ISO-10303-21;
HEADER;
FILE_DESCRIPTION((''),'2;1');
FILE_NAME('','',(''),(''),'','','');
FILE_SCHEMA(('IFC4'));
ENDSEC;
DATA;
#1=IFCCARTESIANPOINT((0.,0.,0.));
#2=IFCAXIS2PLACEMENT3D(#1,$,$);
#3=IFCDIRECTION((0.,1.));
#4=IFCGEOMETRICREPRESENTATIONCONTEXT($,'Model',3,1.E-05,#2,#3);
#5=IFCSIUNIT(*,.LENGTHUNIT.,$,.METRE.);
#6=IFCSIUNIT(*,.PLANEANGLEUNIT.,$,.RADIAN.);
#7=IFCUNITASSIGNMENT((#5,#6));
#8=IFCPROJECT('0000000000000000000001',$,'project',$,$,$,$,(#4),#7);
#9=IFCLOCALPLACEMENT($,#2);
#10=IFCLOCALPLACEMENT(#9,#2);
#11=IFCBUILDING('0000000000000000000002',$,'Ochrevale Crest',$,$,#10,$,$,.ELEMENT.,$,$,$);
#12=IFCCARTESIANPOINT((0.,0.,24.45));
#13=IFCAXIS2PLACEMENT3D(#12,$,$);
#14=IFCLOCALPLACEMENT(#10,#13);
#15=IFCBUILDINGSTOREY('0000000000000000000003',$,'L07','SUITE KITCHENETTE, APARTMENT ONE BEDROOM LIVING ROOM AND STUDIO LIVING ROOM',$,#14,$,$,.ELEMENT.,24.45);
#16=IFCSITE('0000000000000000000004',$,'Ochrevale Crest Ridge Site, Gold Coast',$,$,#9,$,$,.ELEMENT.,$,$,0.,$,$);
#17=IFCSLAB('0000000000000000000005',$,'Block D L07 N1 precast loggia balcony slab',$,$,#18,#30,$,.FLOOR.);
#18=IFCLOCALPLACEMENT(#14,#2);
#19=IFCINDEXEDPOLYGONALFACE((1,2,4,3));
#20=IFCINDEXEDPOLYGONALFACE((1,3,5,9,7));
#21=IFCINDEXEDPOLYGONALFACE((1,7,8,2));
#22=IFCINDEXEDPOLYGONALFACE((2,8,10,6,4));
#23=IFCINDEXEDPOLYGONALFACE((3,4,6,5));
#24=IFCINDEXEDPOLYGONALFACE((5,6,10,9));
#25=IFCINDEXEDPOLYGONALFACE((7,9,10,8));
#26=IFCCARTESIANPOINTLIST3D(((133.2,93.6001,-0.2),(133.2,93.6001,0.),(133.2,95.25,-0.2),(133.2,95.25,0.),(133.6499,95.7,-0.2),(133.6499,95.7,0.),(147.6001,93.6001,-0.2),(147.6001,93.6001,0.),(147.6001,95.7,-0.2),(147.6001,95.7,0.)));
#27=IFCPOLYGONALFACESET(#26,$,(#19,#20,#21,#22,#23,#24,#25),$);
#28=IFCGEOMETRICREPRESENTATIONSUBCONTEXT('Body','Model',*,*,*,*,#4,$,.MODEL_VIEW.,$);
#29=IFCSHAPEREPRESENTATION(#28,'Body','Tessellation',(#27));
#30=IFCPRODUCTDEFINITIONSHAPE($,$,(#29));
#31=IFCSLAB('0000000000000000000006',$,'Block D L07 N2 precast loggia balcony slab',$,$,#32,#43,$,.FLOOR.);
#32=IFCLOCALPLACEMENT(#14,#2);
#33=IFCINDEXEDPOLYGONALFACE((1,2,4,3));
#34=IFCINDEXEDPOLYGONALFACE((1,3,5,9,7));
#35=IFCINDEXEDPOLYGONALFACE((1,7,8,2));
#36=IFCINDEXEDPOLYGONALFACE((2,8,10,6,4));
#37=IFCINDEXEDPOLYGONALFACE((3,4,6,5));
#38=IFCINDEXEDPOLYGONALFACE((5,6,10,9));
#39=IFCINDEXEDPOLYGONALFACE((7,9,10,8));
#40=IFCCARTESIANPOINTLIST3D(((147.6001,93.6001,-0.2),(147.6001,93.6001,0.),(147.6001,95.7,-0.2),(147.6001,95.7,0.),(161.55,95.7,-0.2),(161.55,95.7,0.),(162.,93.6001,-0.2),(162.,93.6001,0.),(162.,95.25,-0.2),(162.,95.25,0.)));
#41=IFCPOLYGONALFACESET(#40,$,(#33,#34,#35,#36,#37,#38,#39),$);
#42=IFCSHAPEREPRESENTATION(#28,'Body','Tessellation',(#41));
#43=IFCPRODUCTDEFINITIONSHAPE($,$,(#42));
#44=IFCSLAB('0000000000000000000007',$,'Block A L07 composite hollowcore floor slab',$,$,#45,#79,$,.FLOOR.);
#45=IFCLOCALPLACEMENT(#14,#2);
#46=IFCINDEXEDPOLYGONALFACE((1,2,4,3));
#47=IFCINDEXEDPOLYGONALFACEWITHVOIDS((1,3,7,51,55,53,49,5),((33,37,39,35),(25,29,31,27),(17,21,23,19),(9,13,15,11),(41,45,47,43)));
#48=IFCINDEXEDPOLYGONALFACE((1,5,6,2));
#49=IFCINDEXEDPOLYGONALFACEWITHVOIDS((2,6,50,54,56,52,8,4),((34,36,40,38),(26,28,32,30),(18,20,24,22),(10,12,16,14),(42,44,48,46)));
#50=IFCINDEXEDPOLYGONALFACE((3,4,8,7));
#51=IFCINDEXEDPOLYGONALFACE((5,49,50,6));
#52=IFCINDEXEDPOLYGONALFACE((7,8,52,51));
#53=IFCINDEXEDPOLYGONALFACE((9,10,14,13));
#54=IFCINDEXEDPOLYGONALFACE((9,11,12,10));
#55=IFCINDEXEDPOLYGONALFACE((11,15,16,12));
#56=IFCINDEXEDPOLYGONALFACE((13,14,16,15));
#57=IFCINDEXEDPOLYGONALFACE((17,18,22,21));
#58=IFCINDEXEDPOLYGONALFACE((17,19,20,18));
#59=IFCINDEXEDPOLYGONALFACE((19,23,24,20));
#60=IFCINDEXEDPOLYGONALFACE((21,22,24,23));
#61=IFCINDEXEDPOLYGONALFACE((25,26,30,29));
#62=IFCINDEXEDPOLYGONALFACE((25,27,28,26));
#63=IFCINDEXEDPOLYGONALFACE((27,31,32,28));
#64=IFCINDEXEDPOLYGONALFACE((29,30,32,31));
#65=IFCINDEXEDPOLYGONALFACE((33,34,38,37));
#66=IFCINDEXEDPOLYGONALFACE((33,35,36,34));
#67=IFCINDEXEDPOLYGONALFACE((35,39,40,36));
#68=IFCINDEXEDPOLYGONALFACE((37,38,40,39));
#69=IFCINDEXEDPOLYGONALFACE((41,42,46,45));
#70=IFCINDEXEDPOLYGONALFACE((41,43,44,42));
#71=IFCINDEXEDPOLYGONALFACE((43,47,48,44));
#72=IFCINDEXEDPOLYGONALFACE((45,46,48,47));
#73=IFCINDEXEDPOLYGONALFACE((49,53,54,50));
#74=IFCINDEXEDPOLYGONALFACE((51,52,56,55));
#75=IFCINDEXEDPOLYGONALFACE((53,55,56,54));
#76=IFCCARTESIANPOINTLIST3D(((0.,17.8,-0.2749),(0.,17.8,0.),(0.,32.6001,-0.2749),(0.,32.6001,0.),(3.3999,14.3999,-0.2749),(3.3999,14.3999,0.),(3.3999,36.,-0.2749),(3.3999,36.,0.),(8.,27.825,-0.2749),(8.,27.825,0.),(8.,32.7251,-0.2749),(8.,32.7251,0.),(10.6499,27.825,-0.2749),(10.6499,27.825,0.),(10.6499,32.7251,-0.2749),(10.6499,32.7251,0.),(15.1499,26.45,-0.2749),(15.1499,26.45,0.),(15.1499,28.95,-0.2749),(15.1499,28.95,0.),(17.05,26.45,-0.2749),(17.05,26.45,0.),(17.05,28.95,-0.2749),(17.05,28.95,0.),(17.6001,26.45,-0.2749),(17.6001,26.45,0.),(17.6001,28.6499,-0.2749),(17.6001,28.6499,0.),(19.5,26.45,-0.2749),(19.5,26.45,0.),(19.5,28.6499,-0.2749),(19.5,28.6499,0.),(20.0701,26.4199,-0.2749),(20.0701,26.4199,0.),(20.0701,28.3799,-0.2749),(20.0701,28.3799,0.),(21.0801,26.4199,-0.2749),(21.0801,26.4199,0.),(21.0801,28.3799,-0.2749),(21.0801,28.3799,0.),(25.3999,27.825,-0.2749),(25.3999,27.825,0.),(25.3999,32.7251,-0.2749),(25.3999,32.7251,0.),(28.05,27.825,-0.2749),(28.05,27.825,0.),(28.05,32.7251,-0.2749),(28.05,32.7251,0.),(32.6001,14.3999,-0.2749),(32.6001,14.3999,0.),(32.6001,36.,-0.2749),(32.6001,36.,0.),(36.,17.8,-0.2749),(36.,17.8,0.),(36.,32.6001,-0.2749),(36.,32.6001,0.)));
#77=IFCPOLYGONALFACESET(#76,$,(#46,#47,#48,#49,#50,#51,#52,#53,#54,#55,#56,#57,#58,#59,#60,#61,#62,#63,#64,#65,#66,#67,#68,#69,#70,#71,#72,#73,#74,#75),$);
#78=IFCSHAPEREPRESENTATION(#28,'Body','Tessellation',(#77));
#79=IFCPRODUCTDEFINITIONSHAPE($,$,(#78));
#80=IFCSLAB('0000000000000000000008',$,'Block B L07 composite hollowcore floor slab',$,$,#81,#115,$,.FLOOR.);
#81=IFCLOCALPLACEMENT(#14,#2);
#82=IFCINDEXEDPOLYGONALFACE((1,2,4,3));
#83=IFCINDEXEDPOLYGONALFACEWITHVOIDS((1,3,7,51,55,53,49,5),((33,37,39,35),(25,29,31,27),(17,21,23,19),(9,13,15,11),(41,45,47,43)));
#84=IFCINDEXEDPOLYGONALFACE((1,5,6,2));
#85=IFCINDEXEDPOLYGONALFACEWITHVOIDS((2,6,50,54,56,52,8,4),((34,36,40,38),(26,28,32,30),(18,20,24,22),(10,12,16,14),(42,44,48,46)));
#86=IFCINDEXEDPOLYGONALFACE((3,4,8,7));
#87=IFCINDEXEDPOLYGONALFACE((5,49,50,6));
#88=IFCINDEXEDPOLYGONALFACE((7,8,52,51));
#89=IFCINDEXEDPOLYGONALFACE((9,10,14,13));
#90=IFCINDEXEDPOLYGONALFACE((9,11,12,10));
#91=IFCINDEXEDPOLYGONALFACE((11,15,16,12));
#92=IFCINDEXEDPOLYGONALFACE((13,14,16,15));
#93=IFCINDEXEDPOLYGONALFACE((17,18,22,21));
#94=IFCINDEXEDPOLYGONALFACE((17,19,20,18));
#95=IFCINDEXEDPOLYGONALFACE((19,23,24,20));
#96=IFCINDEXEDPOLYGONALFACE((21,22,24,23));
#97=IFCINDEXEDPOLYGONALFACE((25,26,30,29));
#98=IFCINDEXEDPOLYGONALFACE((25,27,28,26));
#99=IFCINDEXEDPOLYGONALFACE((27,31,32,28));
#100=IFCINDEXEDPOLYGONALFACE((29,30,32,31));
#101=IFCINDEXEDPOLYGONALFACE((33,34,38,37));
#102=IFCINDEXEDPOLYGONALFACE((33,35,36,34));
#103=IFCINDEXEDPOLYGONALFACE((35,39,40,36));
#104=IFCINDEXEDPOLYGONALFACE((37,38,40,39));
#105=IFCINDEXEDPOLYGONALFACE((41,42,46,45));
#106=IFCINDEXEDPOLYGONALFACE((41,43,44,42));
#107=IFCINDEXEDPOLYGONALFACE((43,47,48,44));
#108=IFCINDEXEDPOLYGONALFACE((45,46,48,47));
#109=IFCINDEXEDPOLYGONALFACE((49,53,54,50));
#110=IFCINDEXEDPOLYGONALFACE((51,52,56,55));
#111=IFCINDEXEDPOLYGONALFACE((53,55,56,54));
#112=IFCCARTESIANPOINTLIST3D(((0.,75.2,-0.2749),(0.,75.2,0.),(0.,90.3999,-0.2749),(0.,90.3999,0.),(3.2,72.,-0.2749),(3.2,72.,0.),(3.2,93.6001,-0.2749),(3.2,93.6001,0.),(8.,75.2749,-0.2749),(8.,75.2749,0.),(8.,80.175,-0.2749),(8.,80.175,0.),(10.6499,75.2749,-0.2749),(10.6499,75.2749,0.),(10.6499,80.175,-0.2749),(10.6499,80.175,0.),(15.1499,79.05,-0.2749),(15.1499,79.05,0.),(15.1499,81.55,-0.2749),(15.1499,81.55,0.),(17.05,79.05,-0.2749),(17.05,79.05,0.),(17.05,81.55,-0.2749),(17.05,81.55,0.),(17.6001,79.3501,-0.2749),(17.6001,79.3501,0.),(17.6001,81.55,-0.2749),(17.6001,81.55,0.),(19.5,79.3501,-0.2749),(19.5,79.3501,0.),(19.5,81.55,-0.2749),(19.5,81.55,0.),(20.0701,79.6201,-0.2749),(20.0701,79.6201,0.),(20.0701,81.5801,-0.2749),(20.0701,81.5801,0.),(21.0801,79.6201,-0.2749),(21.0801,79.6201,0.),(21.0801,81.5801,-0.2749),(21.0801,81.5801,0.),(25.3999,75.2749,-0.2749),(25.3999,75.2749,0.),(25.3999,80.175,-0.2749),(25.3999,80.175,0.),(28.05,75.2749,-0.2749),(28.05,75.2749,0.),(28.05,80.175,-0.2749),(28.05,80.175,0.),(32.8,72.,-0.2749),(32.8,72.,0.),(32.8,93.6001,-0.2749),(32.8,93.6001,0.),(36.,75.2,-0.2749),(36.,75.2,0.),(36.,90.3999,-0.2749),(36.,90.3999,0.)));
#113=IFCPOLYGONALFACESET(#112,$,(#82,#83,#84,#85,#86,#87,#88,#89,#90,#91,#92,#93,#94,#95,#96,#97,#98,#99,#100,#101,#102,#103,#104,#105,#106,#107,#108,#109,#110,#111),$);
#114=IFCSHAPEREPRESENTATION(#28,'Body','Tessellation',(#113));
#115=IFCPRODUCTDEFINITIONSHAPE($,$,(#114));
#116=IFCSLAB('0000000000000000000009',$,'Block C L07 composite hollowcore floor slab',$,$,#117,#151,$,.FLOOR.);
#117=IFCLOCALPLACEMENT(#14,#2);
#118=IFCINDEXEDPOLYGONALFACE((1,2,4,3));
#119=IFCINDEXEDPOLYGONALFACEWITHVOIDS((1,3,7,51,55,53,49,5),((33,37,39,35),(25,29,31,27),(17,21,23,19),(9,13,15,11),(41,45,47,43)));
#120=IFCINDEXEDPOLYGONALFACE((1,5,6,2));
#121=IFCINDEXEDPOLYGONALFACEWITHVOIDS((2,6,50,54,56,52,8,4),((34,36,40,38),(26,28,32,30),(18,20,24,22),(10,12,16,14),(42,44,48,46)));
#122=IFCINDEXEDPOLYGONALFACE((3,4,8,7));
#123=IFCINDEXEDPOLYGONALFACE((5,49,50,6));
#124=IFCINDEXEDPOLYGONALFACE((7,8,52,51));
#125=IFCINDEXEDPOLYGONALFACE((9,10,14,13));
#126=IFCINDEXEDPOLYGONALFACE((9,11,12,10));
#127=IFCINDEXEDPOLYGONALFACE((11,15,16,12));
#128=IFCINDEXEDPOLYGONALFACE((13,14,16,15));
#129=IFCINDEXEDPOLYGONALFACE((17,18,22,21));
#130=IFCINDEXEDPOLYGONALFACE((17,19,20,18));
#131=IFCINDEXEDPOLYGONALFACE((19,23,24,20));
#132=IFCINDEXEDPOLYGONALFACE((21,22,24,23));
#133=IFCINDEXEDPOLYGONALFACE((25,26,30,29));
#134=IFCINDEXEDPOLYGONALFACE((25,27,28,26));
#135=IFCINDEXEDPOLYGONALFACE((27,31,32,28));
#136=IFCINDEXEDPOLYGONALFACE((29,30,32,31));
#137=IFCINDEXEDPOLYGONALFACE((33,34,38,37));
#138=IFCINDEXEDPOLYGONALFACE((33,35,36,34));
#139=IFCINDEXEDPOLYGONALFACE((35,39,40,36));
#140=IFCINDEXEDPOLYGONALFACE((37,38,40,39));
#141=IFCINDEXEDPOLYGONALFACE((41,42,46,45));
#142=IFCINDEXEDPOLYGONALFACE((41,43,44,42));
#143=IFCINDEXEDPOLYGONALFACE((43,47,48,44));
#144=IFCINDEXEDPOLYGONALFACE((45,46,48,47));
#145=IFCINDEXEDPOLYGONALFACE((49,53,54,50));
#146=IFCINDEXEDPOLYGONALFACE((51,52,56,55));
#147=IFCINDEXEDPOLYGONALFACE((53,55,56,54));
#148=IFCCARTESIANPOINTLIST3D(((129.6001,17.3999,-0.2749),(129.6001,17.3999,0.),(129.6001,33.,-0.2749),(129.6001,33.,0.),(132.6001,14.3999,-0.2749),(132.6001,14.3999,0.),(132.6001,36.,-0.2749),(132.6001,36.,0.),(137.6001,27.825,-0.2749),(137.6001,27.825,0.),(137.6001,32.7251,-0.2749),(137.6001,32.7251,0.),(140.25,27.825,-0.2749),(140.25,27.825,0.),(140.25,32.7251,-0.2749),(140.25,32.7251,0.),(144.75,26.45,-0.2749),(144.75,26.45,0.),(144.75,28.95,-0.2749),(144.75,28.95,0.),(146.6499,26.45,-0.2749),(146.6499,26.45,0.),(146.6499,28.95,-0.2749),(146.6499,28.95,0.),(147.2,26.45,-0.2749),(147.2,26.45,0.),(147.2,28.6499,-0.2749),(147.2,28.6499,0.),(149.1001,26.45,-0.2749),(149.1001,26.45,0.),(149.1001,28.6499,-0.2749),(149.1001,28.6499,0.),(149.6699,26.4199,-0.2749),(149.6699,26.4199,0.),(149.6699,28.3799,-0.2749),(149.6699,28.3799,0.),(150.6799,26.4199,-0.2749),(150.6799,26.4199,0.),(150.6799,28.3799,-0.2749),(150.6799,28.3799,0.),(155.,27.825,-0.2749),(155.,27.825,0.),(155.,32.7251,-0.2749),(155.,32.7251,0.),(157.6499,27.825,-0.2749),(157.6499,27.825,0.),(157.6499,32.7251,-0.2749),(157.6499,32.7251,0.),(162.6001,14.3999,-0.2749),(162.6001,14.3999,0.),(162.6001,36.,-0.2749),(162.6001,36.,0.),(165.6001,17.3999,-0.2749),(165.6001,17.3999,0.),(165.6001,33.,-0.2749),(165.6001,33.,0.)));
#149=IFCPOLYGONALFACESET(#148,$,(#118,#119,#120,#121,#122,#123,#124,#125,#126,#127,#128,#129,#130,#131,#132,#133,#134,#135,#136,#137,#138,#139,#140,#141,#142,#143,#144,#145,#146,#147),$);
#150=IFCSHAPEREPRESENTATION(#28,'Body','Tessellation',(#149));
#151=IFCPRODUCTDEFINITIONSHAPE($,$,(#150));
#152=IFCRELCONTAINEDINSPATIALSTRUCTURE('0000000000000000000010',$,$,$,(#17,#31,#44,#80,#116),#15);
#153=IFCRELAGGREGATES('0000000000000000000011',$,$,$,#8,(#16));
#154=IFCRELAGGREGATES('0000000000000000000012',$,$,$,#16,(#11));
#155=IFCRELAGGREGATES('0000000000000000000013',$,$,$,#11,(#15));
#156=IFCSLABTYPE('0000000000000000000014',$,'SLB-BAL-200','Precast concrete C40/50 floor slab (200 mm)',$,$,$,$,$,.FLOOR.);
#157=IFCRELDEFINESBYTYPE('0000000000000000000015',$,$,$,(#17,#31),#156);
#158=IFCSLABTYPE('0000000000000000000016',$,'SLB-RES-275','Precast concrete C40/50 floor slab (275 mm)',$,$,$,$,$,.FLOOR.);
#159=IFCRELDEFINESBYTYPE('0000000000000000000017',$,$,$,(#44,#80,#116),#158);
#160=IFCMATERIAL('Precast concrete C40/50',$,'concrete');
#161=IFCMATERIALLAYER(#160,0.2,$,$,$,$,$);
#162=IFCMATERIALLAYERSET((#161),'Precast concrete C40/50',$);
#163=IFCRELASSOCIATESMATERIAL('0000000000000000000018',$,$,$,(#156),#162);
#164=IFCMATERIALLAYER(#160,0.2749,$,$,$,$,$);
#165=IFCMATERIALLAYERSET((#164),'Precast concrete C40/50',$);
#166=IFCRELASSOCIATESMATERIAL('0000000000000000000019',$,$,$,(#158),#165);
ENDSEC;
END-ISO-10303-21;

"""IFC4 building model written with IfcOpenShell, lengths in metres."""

from ifc_helpers import new_model, si_unit, direction, frame, origin, place, context, subcontext, project, spatial, polyline, outline, extrude, material, layer, layer_set, type_object, element, save


model = new_model("IFC4")

# Units and contexts
model_context = context("Model", 3, precision=1e-05, world=origin(), true_north=direction((0.0, 1.0)))
body_context = subcontext(model_context, "Body", "Model", "MODEL_VIEW")
ifc_project = project(units=[si_unit("LENGTHUNIT", "METRE"), si_unit("PLANEANGLEUNIT", "RADIAN")], contexts=[model_context])

# Site, building, storey
site_placement = place(None, origin())
site = spatial("IfcSite", under=ifc_project, at=site_placement, Name="Ochrevale Crest Ridge Site, Gold Coast", CompositionType="ELEMENT", RefElevation=0.0)
building_placement = place(site_placement, origin())
building = spatial("IfcBuilding", under=site, at=building_placement, Name="Ochrevale Crest", CompositionType="ELEMENT")
storey_placement = place(building_placement, frame((0.0, 0.0, 24.45)))
storey = spatial("IfcBuildingStorey", under=building, at=storey_placement, Name="L07", Description="SUITE KITCHENETTE, APARTMENT ONE BEDROOM LIVING ROOM AND STUDIO LIVING ROOM", CompositionType="ELEMENT", Elevation=24.45)

# Slabs
ifc_material_1 = material(Name="Precast concrete C40/50", Category="concrete")
ifc_layer_1 = layer(ifc_material_1, 0.2)
ifc_layer_set_1 = layer_set([ifc_layer_1], Name="Precast concrete C40/50")
slab_type_1 = type_object("IfcSlabType", Name="SLB-BAL-200", Description="Precast concrete C40/50 floor slab (200 mm)", PredefinedType="FLOOR", material=ifc_layer_set_1)
slab_1_placement = place(storey_placement, frame((0.0, 0.0, -0.2)))
element("IfcSlab", 1, at=slab_1_placement, inside=storey, type_object=slab_type_1, Name="Block D L07 N1 precast loggia balcony slab", PredefinedType="FLOOR", context=body_context, shape_type="SweptSolid", body=[
    extrude(outline(polyline([(133.2, 93.6001), (147.6001, 93.6001), (147.6001, 95.7), (133.6499, 95.7), (133.2, 95.25), (133.2, 93.6001)])), origin(), (0.0, 0.0, 1.0), 0.2),
])
slab_2_placement = place(storey_placement, frame((0.0, 0.0, -0.2)))
element("IfcSlab", 2, at=slab_2_placement, inside=storey, type_object=slab_type_1, Name="Block D L07 N2 precast loggia balcony slab", PredefinedType="FLOOR", context=body_context, shape_type="SweptSolid", body=[
    extrude(outline(polyline([(147.6001, 93.6001), (162.0, 93.6001), (162.0, 95.25), (161.55, 95.7), (147.6001, 95.7), (147.6001, 93.6001)])), origin(), (0.0, 0.0, 1.0), 0.2),
])
ifc_layer_2 = layer(ifc_material_1, 0.2749)
ifc_layer_set_2 = layer_set([ifc_layer_2], Name="Precast concrete C40/50")
slab_type_2 = type_object("IfcSlabType", Name="SLB-RES-275", Description="Precast concrete C40/50 floor slab (275 mm)", PredefinedType="FLOOR", material=ifc_layer_set_2)
slab_3_placement = place(storey_placement, frame((0.0, 0.0, -0.2749)))
element("IfcSlab", 3, at=slab_3_placement, inside=storey, type_object=slab_type_2, Name="Block A L07 composite hollowcore floor slab", PredefinedType="FLOOR", context=body_context, shape_type="SweptSolid", body=[
    extrude(outline(polyline([(3.3999, 14.3999), (32.6001, 14.3999), (36.0, 17.8), (36.0, 32.6001), (32.6001, 36.0), (3.3999, 36.0), (0.0, 32.6001), (0.0, 17.8), (3.3999, 14.3999)]), holes=[polyline([(10.6499, 27.825), (10.6499, 32.7251), (8.0, 32.7251), (8.0, 27.825), (10.6499, 27.825)]), polyline([(28.05, 27.825), (28.05, 32.7251), (25.3999, 32.7251), (25.3999, 27.825), (28.05, 27.825)]), polyline([(15.1499, 26.45), (17.05, 26.45), (17.05, 28.95), (15.1499, 28.95), (15.1499, 26.45)]), polyline([(17.6001, 26.45), (19.5, 26.45), (19.5, 28.6499), (17.6001, 28.6499), (17.6001, 26.45)]), polyline([(20.0701, 26.4199), (21.0801, 26.4199), (21.0801, 28.3799), (20.0701, 28.3799), (20.0701, 26.4199)])]), origin(), (0.0, 0.0, 1.0), 0.2749),
])
slab_4_placement = place(storey_placement, frame((0.0, 0.0, -0.2749)))
element("IfcSlab", 4, at=slab_4_placement, inside=storey, type_object=slab_type_2, Name="Block B L07 composite hollowcore floor slab", PredefinedType="FLOOR", context=body_context, shape_type="SweptSolid", body=[
    extrude(outline(polyline([(3.2, 72.0), (32.8, 72.0), (36.0, 75.2), (36.0, 90.3999), (32.8, 93.6001), (3.2, 93.6001), (0.0, 90.3999), (0.0, 75.2), (3.2, 72.0)]), holes=[polyline([(8.0, 80.175), (8.0, 75.2749), (10.6499, 75.2749), (10.6499, 80.175), (8.0, 80.175)]), polyline([(25.3999, 80.175), (25.3999, 75.2749), (28.05, 75.2749), (28.05, 80.175), (25.3999, 80.175)]), polyline([(15.1499, 79.05), (17.05, 79.05), (17.05, 81.55), (15.1499, 81.55), (15.1499, 79.05)]), polyline([(17.6001, 79.3501), (19.5, 79.3501), (19.5, 81.55), (17.6001, 81.55), (17.6001, 79.3501)]), polyline([(20.0701, 79.6201), (21.0801, 79.6201), (21.0801, 81.5801), (20.0701, 81.5801), (20.0701, 79.6201)])]), origin(), (0.0, 0.0, 1.0), 0.2749),
])
slab_5_placement = place(storey_placement, frame((0.0, 0.0, -0.2749)))
element("IfcSlab", 5, at=slab_5_placement, inside=storey, type_object=slab_type_2, Name="Block C L07 composite hollowcore floor slab", PredefinedType="FLOOR", context=body_context, shape_type="SweptSolid", body=[
    extrude(outline(polyline([(132.6001, 14.3999), (162.6001, 14.3999), (165.6001, 17.3999), (165.6001, 33.0), (162.6001, 36.0), (132.6001, 36.0), (129.6001, 33.0), (129.6001, 17.3999), (132.6001, 14.3999)]), holes=[polyline([(140.25, 27.825), (140.25, 32.7251), (137.6001, 32.7251), (137.6001, 27.825), (140.25, 27.825)]), polyline([(157.6499, 27.825), (157.6499, 32.7251), (155.0, 32.7251), (155.0, 27.825), (157.6499, 27.825)]), polyline([(144.75, 26.45), (146.6499, 26.45), (146.6499, 28.95), (144.75, 28.95), (144.75, 26.45)]), polyline([(147.2, 26.45), (149.1001, 26.45), (149.1001, 28.6499), (147.2, 28.6499), (147.2, 26.45)]), polyline([(149.6699, 26.4199), (150.6799, 26.4199), (150.6799, 28.3799), (149.6699, 28.3799), (149.6699, 26.4199)])]), origin(), (0.0, 0.0, 1.0), 0.2749),
])

save(model, "model.ifc")
